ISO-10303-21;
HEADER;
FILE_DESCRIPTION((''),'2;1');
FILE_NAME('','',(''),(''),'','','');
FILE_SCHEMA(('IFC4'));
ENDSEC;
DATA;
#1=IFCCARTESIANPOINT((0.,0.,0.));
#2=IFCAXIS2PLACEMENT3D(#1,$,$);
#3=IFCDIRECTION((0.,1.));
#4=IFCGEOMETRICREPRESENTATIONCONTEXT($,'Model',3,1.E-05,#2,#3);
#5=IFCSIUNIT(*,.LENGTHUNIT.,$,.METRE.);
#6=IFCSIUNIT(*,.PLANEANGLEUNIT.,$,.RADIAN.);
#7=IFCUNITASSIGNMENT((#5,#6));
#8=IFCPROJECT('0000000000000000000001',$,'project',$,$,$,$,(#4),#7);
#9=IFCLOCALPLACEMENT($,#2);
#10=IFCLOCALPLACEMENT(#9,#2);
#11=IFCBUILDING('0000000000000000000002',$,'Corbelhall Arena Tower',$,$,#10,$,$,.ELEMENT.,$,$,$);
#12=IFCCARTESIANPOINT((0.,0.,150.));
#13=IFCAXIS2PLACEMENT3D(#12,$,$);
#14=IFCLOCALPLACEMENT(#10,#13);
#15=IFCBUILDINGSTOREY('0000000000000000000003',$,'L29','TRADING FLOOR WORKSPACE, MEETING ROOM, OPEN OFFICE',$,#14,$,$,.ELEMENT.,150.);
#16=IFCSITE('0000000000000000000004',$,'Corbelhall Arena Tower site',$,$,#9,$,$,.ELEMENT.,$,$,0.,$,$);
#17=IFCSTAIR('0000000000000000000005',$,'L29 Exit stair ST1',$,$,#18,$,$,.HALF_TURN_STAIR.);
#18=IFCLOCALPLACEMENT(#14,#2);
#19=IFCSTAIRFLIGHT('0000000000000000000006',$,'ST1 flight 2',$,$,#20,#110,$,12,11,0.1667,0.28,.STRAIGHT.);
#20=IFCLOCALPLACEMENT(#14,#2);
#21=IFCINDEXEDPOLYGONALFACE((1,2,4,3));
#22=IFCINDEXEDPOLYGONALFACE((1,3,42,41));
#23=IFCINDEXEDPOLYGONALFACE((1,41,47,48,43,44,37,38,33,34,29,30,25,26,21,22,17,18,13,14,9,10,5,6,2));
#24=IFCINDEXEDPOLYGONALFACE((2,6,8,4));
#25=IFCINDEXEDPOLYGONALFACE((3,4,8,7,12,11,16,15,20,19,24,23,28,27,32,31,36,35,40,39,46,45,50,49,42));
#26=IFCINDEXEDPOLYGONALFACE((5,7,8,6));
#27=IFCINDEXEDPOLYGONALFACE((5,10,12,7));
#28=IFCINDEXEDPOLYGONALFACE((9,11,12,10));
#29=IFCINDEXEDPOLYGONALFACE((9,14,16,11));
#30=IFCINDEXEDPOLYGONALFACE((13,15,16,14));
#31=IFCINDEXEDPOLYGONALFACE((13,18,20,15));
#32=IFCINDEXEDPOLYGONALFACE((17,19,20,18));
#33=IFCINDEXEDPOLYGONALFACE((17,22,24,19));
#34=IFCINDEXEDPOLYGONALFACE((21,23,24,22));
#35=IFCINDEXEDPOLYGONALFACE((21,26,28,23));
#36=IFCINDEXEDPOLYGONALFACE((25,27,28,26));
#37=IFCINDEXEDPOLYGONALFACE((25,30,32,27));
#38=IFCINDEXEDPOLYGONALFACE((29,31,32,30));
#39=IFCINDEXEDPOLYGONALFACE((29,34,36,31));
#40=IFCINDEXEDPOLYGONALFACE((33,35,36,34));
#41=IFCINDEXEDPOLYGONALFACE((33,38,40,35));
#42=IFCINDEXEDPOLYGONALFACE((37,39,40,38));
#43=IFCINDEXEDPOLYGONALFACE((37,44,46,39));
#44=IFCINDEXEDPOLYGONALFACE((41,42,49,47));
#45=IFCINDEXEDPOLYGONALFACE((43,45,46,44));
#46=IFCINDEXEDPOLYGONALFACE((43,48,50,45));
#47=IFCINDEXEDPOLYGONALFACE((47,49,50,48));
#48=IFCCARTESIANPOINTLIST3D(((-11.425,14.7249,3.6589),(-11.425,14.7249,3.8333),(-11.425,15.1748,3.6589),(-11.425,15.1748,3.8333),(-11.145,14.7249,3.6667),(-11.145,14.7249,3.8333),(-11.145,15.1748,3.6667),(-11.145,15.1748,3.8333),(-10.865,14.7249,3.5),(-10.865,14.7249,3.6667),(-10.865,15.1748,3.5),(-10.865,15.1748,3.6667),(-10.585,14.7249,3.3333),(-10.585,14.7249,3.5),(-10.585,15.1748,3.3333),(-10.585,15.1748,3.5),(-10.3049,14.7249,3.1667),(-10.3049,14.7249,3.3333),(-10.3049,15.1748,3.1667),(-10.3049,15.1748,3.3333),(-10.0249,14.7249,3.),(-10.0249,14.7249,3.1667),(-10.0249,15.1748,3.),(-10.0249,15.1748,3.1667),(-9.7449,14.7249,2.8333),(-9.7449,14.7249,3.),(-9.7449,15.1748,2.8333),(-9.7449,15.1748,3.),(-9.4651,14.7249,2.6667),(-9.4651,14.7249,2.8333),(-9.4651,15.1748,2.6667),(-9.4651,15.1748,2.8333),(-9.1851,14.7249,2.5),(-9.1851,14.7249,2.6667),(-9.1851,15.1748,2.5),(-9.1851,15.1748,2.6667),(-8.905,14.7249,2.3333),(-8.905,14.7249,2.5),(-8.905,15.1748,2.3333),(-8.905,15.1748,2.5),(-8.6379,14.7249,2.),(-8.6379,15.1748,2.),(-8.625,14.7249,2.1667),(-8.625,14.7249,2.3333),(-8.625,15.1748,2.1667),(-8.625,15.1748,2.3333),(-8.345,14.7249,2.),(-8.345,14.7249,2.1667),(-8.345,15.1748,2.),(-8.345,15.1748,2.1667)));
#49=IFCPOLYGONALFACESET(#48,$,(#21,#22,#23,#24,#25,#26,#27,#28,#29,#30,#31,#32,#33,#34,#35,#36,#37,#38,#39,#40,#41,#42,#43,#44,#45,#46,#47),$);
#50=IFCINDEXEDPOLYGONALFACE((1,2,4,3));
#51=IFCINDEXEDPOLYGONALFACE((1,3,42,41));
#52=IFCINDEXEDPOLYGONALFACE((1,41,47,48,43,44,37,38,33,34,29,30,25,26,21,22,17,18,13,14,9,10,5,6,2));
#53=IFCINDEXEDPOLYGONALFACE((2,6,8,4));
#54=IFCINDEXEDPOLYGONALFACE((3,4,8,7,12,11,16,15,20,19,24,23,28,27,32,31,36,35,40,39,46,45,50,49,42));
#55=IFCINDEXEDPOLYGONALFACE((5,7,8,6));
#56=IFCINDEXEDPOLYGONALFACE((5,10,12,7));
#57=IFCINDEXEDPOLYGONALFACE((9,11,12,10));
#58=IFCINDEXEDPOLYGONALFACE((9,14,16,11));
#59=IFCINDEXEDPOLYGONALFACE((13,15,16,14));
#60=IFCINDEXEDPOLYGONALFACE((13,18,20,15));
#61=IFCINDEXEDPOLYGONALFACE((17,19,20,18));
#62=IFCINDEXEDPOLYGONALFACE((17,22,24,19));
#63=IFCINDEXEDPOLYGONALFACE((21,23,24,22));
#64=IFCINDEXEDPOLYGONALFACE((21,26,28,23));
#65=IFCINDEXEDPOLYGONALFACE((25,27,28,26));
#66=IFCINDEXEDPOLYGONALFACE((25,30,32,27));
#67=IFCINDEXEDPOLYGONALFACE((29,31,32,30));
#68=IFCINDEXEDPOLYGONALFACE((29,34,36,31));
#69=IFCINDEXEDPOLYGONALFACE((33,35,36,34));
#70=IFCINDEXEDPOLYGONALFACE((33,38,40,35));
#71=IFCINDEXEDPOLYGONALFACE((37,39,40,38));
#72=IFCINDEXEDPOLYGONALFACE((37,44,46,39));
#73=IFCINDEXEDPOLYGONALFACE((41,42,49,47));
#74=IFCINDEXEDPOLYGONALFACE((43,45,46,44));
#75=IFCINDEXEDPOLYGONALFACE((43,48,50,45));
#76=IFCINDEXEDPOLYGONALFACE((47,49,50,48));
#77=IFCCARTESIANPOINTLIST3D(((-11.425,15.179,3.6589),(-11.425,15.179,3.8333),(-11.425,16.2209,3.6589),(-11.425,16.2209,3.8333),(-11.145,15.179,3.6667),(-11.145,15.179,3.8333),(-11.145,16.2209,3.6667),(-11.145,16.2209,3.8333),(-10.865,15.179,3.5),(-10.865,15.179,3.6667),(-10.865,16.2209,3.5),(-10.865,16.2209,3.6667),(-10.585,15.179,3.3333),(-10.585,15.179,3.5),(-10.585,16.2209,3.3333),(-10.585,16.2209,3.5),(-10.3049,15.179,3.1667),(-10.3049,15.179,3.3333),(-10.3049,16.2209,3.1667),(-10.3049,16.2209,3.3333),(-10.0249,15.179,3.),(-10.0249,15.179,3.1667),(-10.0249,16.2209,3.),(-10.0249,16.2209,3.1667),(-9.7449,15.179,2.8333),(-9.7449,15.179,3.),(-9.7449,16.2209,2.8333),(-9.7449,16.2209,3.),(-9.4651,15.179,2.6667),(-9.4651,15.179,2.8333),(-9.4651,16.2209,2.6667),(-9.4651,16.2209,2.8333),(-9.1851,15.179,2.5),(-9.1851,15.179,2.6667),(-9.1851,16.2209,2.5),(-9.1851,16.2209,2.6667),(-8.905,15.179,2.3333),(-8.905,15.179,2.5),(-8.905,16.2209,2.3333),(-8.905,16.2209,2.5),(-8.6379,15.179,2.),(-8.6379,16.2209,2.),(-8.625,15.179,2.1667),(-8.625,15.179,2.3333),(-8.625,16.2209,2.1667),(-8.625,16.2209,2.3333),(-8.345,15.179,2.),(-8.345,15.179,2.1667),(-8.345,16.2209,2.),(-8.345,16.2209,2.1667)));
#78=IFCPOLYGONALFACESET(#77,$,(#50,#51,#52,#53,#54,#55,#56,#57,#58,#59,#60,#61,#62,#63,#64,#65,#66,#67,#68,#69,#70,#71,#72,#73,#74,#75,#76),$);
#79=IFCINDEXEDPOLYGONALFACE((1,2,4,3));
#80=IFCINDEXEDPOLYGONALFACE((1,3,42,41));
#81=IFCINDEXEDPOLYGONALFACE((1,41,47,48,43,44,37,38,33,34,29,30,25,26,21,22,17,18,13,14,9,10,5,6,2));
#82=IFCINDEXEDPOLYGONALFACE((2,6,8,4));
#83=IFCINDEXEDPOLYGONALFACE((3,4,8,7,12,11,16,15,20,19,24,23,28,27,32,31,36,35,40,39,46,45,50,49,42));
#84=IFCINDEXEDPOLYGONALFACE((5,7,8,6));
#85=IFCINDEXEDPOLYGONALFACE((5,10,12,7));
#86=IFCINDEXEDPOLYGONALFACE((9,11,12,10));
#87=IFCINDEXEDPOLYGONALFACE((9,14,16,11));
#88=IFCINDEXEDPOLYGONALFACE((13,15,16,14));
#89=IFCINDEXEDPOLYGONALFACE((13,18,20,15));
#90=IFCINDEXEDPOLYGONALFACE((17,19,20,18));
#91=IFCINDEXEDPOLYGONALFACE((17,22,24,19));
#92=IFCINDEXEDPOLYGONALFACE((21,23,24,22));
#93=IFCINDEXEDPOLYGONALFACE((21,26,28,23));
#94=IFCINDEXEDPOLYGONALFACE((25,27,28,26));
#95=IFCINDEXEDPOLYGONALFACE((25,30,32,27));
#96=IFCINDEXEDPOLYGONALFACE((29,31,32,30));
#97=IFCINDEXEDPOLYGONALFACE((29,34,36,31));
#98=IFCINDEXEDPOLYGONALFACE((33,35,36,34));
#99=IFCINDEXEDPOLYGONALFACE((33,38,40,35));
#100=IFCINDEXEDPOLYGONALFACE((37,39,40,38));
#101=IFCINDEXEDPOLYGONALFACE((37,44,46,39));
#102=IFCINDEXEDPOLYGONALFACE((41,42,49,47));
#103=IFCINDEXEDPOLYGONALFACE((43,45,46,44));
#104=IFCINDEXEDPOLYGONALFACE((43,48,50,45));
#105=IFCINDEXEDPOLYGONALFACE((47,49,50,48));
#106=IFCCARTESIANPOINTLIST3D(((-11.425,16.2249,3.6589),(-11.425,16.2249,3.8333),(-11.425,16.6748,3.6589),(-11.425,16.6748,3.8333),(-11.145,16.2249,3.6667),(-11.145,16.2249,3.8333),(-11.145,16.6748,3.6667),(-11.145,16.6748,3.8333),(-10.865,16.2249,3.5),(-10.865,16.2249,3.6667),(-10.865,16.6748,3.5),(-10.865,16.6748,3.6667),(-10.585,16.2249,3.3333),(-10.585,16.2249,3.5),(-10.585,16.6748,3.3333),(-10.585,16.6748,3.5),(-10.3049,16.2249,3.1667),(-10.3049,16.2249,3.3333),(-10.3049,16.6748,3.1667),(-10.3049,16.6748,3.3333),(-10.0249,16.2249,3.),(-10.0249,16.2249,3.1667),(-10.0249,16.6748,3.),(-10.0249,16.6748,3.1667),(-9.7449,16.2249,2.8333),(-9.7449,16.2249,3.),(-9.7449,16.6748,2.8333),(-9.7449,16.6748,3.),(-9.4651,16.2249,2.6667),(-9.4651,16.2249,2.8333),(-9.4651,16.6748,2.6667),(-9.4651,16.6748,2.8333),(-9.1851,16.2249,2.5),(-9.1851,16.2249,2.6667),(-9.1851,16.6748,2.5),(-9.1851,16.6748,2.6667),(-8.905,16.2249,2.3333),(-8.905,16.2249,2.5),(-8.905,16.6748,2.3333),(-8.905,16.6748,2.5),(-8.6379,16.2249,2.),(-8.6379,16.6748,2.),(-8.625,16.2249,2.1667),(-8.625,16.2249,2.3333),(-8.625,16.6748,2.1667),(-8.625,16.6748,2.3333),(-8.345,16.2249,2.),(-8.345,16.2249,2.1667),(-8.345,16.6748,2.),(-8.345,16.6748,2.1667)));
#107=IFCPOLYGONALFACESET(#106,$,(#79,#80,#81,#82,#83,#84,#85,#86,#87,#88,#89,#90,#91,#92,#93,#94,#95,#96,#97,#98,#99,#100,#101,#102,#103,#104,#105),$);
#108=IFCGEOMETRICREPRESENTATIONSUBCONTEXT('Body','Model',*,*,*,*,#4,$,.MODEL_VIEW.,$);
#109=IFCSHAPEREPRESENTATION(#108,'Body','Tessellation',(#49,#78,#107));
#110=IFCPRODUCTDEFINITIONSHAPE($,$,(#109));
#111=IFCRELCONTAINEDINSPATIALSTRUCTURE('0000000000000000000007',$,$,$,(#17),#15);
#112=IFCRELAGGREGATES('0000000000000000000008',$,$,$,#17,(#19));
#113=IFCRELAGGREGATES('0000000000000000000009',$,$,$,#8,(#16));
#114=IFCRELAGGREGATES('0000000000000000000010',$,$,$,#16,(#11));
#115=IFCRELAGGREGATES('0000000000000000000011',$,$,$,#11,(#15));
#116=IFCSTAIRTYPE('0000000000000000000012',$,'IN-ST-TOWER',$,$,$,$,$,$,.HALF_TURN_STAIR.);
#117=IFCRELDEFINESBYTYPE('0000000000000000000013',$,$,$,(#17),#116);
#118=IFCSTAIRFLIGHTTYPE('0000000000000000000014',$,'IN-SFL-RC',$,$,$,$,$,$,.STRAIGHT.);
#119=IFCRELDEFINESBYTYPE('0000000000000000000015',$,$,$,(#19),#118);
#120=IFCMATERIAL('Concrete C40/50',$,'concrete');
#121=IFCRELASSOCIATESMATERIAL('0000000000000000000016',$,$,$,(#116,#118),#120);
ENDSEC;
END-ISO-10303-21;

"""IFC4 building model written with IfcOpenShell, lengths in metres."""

from ifc_helpers import new_model, si_unit, direction, frame, origin, place, context, subcontext, project, spatial, polyline, outline, extrude, material, type_object, element, aggregate, save


model = new_model("IFC4")

# Units and contexts
model_context = context("Model", 3, precision=1e-05, world=origin(), true_north=direction((0.0, 1.0)))
body_context = subcontext(model_context, "Body", "Model", "MODEL_VIEW")
ifc_project = project(units=[si_unit("LENGTHUNIT", "METRE"), si_unit("PLANEANGLEUNIT", "RADIAN")], contexts=[model_context])

# Site, building, storey
site_placement = place(None, origin())
site = spatial("IfcSite", under=ifc_project, at=site_placement, Name="Corbelhall Arena Tower site", CompositionType="ELEMENT", RefElevation=0.0)
building_placement = place(site_placement, origin())
building = spatial("IfcBuilding", under=site, at=building_placement, Name="Corbelhall Arena Tower", CompositionType="ELEMENT")
storey_placement = place(building_placement, frame((0.0, 0.0, 150.0)))
storey = spatial("IfcBuildingStorey", under=building, at=storey_placement, Name="L29", Description="TRADING FLOOR WORKSPACE, MEETING ROOM, OPEN OFFICE", CompositionType="ELEMENT", Elevation=150.0)

# Shared definitions
ifc_material_1 = material(Name="Concrete C40/50", Category="concrete")

# Stair, stair flight
stair_type = type_object("IfcStairType", Name="IN-ST-TOWER", PredefinedType="HALF_TURN_STAIR", material=ifc_material_1)
stair_placement = place(storey_placement, origin())
stair = element("IfcStair", 1, at=stair_placement, inside=storey, type_object=stair_type, Name="L29 Exit stair ST1", PredefinedType="HALF_TURN_STAIR")
stair_flight_type = type_object("IfcStairFlightType", Name="IN-SFL-RC", PredefinedType="STRAIGHT", material=ifc_material_1)
stair_flight_placement = place(storey_placement, frame((-8.345, 15.7, 2.0), z_axis=(0.0, 0.0, 1.0), x_axis=(-1.0, 0.0, 0.0)))
stair_flight = element("IfcStairFlight", 2, at=stair_flight_placement, type_object=stair_flight_type, Name="ST1 flight 2", NumberOfRisers=12, NumberOfTreads=11, PredefinedType="STRAIGHT", RiserHeight=0.1667, TreadLength=0.28, context=body_context, shape_type="SweptSolid", body=[
    extrude(outline(polyline([(0.0, 0.0), (0.0, 0.1667), (0.28, 0.1667), (0.28, 0.3333), (0.5601, 0.3333), (0.5601, 0.5), (0.8401, 0.5), (0.8401, 0.6667), (1.1201, 0.6667), (1.1201, 0.8333), (1.3999, 0.8333), (1.3999, 1.0), (1.6799, 1.0), (1.6799, 1.1667), (1.96, 1.1667), (1.96, 1.3333), (2.24, 1.3333), (2.24, 1.5), (2.52, 1.5), (2.52, 1.6667), (2.8, 1.6667), (2.8, 1.8333), (3.0801, 1.8333), (3.0801, 2.0), (3.0801, 1.6589), (0.293, 0.0), (0.0, 0.0)])), frame((0.0, 0.9751, 0.0), z_axis=(0.0, -1.0, 0.0), x_axis=(1.0, 0.0, 0.0)), (0.0, 0.0, 1.0), 0.45),
    extrude(outline(polyline([(0.0, 0.0), (0.0, 0.1667), (0.28, 0.1667), (0.28, 0.3333), (0.5601, 0.3333), (0.5601, 0.5), (0.8401, 0.5), (0.8401, 0.6667), (1.1201, 0.6667), (1.1201, 0.8333), (1.3999, 0.8333), (1.3999, 1.0), (1.6799, 1.0), (1.6799, 1.1667), (1.96, 1.1667), (1.96, 1.3333), (2.24, 1.3333), (2.24, 1.5), (2.52, 1.5), (2.52, 1.6667), (2.8, 1.6667), (2.8, 1.8333), (3.0801, 1.8333), (3.0801, 2.0), (3.0801, 1.6589), (0.293, 0.0), (0.0, 0.0)])), frame((0.0, 0.521, 0.0), z_axis=(0.0, -1.0, 0.0), x_axis=(1.0, 0.0, 0.0)), (0.0, 0.0, 1.0), 1.042),
    extrude(outline(polyline([(0.0, 0.0), (0.0, 0.1667), (0.28, 0.1667), (0.28, 0.3333), (0.5601, 0.3333), (0.5601, 0.5), (0.8401, 0.5), (0.8401, 0.6667), (1.1201, 0.6667), (1.1201, 0.8333), (1.3999, 0.8333), (1.3999, 1.0), (1.6799, 1.0), (1.6799, 1.1667), (1.96, 1.1667), (1.96, 1.3333), (2.24, 1.3333), (2.24, 1.5), (2.52, 1.5), (2.52, 1.6667), (2.8, 1.6667), (2.8, 1.8333), (3.0801, 1.8333), (3.0801, 2.0), (3.0801, 1.6589), (0.293, 0.0), (0.0, 0.0)])), frame((0.0, -0.5249, 0.0), z_axis=(0.0, -1.0, 0.0), x_axis=(1.0, 0.0, 0.0)), (0.0, 0.0, 1.0), 0.45),
])
aggregate(stair, [stair_flight])

save(model, "model.ifc")
